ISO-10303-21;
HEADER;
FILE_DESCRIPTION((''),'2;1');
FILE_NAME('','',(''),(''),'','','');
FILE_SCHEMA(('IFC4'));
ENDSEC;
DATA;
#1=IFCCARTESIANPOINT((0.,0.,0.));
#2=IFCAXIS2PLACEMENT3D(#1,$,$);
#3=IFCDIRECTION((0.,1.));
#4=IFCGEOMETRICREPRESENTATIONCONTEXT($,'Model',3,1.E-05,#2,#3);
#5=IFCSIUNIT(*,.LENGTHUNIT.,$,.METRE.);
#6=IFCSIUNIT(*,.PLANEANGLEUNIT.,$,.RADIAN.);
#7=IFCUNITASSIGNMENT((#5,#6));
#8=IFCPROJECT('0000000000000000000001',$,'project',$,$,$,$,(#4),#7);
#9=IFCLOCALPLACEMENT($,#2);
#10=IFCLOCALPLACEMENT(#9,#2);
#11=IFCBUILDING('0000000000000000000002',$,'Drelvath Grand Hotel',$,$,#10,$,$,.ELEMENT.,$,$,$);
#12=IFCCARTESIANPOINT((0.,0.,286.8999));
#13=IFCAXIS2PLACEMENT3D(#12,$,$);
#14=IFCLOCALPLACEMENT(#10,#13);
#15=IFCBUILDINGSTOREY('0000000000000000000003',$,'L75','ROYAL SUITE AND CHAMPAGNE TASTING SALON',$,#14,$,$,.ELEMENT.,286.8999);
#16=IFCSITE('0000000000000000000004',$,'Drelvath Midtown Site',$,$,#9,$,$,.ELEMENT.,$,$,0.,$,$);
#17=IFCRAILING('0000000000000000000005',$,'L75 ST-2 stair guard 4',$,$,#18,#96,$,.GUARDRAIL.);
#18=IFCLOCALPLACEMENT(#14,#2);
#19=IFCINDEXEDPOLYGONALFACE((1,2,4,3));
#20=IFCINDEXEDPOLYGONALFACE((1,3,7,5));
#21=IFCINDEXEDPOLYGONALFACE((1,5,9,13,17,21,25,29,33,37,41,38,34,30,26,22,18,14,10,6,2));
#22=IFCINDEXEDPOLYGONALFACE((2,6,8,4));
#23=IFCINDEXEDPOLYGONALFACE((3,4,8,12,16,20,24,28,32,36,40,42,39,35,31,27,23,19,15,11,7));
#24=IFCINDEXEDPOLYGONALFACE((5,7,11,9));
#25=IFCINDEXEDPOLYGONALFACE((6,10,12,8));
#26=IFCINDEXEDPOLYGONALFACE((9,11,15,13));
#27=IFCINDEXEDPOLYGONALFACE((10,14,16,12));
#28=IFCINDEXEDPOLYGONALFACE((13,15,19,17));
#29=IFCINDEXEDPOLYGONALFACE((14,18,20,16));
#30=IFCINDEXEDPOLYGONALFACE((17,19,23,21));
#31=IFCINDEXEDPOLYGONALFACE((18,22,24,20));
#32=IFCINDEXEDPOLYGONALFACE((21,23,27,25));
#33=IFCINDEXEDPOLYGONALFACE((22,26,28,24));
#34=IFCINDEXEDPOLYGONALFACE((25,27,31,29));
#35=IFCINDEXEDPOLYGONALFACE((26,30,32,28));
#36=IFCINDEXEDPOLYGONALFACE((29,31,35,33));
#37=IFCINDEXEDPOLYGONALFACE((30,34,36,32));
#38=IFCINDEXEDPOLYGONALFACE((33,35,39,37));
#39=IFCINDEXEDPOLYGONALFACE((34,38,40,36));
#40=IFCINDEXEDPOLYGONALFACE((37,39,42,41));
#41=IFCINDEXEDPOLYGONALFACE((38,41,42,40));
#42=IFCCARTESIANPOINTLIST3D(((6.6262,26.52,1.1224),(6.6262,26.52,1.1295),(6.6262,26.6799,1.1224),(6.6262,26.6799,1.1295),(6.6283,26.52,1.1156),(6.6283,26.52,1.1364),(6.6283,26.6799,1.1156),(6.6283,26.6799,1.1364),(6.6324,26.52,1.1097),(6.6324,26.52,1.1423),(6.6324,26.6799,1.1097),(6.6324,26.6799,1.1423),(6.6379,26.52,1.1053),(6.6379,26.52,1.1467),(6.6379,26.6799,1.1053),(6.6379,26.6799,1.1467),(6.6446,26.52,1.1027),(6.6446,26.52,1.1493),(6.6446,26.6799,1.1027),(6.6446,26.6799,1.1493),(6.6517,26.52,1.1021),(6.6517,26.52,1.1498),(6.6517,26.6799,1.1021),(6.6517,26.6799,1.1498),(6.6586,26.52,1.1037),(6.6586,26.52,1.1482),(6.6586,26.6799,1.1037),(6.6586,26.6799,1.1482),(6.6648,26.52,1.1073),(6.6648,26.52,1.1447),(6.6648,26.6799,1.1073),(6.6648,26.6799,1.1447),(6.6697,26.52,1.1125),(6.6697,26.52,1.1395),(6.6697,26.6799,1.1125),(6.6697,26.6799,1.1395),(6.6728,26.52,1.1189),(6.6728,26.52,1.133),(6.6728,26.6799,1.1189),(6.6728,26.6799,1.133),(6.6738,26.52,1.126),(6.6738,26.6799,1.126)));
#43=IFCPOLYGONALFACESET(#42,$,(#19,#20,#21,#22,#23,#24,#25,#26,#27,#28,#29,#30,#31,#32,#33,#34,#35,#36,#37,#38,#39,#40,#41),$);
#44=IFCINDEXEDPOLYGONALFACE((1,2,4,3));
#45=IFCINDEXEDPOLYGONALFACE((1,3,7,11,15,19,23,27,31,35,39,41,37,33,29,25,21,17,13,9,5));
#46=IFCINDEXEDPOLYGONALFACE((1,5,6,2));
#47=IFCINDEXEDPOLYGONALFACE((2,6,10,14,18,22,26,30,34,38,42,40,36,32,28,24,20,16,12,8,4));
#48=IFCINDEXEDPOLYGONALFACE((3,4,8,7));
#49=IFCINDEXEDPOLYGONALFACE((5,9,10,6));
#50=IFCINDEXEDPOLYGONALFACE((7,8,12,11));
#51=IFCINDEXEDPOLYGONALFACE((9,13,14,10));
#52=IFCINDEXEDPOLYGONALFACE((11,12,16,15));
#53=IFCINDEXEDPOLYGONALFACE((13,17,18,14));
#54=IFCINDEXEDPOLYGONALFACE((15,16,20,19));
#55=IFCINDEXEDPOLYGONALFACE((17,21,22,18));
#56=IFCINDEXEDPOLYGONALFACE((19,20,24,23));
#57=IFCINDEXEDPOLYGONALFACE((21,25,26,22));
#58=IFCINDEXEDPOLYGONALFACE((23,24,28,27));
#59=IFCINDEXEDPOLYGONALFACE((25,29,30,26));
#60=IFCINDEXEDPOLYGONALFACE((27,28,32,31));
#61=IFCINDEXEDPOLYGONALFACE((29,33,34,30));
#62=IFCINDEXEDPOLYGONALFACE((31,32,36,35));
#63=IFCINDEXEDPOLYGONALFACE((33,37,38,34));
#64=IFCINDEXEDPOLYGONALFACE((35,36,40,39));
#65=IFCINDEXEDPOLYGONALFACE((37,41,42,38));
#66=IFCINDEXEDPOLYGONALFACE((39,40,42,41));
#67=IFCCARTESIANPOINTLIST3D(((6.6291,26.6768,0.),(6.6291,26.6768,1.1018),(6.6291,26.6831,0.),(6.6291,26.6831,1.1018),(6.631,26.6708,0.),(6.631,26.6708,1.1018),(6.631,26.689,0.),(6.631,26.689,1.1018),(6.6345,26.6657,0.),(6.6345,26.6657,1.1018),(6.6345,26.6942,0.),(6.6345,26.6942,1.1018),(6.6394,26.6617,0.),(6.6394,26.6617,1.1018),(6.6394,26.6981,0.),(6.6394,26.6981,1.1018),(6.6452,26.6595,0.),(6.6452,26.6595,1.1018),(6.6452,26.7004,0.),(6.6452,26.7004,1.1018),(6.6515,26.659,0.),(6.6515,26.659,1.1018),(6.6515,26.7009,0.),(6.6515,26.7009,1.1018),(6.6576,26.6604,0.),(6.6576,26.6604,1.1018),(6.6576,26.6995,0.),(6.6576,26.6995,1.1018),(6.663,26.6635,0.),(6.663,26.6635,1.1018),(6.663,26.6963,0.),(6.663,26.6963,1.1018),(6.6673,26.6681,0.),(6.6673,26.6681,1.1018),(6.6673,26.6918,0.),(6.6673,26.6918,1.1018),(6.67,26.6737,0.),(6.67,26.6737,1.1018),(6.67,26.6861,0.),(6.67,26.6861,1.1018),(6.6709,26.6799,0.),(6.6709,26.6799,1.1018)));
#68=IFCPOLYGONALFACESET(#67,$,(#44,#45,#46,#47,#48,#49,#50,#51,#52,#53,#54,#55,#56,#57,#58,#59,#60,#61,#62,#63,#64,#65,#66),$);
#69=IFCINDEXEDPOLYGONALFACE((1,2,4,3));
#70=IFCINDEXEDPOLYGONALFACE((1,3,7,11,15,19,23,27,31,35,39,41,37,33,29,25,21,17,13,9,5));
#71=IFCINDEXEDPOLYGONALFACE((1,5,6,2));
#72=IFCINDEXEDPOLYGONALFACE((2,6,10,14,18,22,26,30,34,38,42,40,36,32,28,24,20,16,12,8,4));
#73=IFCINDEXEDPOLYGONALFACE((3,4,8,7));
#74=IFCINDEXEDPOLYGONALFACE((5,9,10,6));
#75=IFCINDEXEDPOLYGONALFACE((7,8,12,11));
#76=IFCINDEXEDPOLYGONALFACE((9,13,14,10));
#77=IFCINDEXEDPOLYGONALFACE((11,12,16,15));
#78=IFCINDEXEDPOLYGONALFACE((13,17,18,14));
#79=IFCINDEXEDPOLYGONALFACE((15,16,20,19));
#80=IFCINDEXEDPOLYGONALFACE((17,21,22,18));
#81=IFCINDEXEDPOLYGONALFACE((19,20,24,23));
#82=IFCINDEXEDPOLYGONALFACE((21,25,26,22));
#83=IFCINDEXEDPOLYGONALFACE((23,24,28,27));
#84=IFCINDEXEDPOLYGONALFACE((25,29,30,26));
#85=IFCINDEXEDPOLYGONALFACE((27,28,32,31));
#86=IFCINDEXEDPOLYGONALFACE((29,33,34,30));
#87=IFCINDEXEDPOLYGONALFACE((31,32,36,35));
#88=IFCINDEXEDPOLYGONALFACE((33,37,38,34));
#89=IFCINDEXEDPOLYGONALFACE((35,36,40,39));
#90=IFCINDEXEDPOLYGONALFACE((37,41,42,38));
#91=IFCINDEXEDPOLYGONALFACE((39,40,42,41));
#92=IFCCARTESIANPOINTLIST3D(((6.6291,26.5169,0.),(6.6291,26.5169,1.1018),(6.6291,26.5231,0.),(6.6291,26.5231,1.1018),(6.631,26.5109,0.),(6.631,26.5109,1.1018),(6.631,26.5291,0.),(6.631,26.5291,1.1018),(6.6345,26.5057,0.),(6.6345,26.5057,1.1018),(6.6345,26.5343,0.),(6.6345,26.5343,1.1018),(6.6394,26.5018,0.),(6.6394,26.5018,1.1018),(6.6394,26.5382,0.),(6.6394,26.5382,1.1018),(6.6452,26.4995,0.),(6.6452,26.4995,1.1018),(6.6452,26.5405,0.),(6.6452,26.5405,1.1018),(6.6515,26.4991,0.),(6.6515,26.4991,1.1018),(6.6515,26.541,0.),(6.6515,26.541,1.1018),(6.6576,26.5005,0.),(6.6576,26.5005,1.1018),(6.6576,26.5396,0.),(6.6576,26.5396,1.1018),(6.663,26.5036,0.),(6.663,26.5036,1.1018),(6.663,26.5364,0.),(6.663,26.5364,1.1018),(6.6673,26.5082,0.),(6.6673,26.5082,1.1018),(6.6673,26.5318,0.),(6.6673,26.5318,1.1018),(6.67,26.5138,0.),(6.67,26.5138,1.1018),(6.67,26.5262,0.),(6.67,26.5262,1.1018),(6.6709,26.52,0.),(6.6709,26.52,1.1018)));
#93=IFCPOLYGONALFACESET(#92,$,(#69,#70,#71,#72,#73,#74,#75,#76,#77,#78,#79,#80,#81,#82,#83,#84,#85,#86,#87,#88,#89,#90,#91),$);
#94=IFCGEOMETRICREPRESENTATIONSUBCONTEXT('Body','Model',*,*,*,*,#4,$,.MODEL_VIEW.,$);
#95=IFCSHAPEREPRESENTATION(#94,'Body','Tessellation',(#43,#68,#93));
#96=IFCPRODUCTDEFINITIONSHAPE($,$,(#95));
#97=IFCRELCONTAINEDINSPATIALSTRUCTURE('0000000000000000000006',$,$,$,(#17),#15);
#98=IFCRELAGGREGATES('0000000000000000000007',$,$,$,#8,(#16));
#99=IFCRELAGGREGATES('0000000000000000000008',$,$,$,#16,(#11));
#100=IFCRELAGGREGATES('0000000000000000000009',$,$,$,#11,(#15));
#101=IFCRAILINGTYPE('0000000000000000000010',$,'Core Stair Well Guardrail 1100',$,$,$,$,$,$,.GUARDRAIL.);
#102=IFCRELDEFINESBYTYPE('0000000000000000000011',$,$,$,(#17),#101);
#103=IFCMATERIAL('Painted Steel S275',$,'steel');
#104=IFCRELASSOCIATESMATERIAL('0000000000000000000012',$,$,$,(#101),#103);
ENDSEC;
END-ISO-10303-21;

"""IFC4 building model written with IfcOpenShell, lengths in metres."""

from ifc_helpers import new_model, si_unit, direction, frame, origin, origin_2d, place, context, subcontext, project, spatial, circle, extrude, material, type_object, element, save


model = new_model("IFC4")

# Units and contexts
model_context = context("Model", 3, precision=1e-05, world=origin(), true_north=direction((0.0, 1.0)))
body_context = subcontext(model_context, "Body", "Model", "MODEL_VIEW")
ifc_project = project(units=[si_unit("LENGTHUNIT", "METRE"), si_unit("PLANEANGLEUNIT", "RADIAN")], contexts=[model_context])

# Site, building, storey
site_placement = place(None, origin())
site = spatial("IfcSite", under=ifc_project, at=site_placement, Name="Drelvath Midtown Site", CompositionType="ELEMENT", RefElevation=0.0)
building_placement = place(site_placement, origin())
building = spatial("IfcBuilding", under=site, at=building_placement, Name="Drelvath Grand Hotel", CompositionType="ELEMENT")
storey_placement = place(building_placement, frame((0.0, 0.0, 286.8999)))
storey = spatial("IfcBuildingStorey", under=building, at=storey_placement, Name="L75", Description="ROYAL SUITE AND CHAMPAGNE TASTING SALON", CompositionType="ELEMENT", Elevation=286.8999)

# Railing
ifc_material_1 = material(Name="Painted Steel S275", Category="steel")
railing_type_1 = type_object("IfcRailingType", Name="Core Stair Well Guardrail 1100", PredefinedType="GUARDRAIL", material=ifc_material_1)
railing_1_placement = place(storey_placement, frame((6.6499, 26.6799, 0.0)))
element("IfcRailing", 1, at=railing_1_placement, inside=storey, type_object=railing_type_1, Name="L75 ST-2 stair guard 4", PredefinedType="GUARDRAIL", context=body_context, shape_type="SweptSolid", body=[
    extrude(circle(Radius=0.0239, at=origin_2d()), frame((0.0, 0.0, 1.126), z_axis=(0.0, -1.0, 0.0), x_axis=(1.0, 0.0, 0.0)), (0.0, 0.0, 1.0), 0.1599),
    extrude(circle(Radius=0.021, at=origin_2d()), origin(), (0.0, 0.0, 1.0), 1.1018),
    extrude(circle(Radius=0.021, at=origin_2d()), frame((0.0, -0.1599, 0.0)), (0.0, 0.0, 1.0), 1.1018),
])

save(model, "model.ifc")
